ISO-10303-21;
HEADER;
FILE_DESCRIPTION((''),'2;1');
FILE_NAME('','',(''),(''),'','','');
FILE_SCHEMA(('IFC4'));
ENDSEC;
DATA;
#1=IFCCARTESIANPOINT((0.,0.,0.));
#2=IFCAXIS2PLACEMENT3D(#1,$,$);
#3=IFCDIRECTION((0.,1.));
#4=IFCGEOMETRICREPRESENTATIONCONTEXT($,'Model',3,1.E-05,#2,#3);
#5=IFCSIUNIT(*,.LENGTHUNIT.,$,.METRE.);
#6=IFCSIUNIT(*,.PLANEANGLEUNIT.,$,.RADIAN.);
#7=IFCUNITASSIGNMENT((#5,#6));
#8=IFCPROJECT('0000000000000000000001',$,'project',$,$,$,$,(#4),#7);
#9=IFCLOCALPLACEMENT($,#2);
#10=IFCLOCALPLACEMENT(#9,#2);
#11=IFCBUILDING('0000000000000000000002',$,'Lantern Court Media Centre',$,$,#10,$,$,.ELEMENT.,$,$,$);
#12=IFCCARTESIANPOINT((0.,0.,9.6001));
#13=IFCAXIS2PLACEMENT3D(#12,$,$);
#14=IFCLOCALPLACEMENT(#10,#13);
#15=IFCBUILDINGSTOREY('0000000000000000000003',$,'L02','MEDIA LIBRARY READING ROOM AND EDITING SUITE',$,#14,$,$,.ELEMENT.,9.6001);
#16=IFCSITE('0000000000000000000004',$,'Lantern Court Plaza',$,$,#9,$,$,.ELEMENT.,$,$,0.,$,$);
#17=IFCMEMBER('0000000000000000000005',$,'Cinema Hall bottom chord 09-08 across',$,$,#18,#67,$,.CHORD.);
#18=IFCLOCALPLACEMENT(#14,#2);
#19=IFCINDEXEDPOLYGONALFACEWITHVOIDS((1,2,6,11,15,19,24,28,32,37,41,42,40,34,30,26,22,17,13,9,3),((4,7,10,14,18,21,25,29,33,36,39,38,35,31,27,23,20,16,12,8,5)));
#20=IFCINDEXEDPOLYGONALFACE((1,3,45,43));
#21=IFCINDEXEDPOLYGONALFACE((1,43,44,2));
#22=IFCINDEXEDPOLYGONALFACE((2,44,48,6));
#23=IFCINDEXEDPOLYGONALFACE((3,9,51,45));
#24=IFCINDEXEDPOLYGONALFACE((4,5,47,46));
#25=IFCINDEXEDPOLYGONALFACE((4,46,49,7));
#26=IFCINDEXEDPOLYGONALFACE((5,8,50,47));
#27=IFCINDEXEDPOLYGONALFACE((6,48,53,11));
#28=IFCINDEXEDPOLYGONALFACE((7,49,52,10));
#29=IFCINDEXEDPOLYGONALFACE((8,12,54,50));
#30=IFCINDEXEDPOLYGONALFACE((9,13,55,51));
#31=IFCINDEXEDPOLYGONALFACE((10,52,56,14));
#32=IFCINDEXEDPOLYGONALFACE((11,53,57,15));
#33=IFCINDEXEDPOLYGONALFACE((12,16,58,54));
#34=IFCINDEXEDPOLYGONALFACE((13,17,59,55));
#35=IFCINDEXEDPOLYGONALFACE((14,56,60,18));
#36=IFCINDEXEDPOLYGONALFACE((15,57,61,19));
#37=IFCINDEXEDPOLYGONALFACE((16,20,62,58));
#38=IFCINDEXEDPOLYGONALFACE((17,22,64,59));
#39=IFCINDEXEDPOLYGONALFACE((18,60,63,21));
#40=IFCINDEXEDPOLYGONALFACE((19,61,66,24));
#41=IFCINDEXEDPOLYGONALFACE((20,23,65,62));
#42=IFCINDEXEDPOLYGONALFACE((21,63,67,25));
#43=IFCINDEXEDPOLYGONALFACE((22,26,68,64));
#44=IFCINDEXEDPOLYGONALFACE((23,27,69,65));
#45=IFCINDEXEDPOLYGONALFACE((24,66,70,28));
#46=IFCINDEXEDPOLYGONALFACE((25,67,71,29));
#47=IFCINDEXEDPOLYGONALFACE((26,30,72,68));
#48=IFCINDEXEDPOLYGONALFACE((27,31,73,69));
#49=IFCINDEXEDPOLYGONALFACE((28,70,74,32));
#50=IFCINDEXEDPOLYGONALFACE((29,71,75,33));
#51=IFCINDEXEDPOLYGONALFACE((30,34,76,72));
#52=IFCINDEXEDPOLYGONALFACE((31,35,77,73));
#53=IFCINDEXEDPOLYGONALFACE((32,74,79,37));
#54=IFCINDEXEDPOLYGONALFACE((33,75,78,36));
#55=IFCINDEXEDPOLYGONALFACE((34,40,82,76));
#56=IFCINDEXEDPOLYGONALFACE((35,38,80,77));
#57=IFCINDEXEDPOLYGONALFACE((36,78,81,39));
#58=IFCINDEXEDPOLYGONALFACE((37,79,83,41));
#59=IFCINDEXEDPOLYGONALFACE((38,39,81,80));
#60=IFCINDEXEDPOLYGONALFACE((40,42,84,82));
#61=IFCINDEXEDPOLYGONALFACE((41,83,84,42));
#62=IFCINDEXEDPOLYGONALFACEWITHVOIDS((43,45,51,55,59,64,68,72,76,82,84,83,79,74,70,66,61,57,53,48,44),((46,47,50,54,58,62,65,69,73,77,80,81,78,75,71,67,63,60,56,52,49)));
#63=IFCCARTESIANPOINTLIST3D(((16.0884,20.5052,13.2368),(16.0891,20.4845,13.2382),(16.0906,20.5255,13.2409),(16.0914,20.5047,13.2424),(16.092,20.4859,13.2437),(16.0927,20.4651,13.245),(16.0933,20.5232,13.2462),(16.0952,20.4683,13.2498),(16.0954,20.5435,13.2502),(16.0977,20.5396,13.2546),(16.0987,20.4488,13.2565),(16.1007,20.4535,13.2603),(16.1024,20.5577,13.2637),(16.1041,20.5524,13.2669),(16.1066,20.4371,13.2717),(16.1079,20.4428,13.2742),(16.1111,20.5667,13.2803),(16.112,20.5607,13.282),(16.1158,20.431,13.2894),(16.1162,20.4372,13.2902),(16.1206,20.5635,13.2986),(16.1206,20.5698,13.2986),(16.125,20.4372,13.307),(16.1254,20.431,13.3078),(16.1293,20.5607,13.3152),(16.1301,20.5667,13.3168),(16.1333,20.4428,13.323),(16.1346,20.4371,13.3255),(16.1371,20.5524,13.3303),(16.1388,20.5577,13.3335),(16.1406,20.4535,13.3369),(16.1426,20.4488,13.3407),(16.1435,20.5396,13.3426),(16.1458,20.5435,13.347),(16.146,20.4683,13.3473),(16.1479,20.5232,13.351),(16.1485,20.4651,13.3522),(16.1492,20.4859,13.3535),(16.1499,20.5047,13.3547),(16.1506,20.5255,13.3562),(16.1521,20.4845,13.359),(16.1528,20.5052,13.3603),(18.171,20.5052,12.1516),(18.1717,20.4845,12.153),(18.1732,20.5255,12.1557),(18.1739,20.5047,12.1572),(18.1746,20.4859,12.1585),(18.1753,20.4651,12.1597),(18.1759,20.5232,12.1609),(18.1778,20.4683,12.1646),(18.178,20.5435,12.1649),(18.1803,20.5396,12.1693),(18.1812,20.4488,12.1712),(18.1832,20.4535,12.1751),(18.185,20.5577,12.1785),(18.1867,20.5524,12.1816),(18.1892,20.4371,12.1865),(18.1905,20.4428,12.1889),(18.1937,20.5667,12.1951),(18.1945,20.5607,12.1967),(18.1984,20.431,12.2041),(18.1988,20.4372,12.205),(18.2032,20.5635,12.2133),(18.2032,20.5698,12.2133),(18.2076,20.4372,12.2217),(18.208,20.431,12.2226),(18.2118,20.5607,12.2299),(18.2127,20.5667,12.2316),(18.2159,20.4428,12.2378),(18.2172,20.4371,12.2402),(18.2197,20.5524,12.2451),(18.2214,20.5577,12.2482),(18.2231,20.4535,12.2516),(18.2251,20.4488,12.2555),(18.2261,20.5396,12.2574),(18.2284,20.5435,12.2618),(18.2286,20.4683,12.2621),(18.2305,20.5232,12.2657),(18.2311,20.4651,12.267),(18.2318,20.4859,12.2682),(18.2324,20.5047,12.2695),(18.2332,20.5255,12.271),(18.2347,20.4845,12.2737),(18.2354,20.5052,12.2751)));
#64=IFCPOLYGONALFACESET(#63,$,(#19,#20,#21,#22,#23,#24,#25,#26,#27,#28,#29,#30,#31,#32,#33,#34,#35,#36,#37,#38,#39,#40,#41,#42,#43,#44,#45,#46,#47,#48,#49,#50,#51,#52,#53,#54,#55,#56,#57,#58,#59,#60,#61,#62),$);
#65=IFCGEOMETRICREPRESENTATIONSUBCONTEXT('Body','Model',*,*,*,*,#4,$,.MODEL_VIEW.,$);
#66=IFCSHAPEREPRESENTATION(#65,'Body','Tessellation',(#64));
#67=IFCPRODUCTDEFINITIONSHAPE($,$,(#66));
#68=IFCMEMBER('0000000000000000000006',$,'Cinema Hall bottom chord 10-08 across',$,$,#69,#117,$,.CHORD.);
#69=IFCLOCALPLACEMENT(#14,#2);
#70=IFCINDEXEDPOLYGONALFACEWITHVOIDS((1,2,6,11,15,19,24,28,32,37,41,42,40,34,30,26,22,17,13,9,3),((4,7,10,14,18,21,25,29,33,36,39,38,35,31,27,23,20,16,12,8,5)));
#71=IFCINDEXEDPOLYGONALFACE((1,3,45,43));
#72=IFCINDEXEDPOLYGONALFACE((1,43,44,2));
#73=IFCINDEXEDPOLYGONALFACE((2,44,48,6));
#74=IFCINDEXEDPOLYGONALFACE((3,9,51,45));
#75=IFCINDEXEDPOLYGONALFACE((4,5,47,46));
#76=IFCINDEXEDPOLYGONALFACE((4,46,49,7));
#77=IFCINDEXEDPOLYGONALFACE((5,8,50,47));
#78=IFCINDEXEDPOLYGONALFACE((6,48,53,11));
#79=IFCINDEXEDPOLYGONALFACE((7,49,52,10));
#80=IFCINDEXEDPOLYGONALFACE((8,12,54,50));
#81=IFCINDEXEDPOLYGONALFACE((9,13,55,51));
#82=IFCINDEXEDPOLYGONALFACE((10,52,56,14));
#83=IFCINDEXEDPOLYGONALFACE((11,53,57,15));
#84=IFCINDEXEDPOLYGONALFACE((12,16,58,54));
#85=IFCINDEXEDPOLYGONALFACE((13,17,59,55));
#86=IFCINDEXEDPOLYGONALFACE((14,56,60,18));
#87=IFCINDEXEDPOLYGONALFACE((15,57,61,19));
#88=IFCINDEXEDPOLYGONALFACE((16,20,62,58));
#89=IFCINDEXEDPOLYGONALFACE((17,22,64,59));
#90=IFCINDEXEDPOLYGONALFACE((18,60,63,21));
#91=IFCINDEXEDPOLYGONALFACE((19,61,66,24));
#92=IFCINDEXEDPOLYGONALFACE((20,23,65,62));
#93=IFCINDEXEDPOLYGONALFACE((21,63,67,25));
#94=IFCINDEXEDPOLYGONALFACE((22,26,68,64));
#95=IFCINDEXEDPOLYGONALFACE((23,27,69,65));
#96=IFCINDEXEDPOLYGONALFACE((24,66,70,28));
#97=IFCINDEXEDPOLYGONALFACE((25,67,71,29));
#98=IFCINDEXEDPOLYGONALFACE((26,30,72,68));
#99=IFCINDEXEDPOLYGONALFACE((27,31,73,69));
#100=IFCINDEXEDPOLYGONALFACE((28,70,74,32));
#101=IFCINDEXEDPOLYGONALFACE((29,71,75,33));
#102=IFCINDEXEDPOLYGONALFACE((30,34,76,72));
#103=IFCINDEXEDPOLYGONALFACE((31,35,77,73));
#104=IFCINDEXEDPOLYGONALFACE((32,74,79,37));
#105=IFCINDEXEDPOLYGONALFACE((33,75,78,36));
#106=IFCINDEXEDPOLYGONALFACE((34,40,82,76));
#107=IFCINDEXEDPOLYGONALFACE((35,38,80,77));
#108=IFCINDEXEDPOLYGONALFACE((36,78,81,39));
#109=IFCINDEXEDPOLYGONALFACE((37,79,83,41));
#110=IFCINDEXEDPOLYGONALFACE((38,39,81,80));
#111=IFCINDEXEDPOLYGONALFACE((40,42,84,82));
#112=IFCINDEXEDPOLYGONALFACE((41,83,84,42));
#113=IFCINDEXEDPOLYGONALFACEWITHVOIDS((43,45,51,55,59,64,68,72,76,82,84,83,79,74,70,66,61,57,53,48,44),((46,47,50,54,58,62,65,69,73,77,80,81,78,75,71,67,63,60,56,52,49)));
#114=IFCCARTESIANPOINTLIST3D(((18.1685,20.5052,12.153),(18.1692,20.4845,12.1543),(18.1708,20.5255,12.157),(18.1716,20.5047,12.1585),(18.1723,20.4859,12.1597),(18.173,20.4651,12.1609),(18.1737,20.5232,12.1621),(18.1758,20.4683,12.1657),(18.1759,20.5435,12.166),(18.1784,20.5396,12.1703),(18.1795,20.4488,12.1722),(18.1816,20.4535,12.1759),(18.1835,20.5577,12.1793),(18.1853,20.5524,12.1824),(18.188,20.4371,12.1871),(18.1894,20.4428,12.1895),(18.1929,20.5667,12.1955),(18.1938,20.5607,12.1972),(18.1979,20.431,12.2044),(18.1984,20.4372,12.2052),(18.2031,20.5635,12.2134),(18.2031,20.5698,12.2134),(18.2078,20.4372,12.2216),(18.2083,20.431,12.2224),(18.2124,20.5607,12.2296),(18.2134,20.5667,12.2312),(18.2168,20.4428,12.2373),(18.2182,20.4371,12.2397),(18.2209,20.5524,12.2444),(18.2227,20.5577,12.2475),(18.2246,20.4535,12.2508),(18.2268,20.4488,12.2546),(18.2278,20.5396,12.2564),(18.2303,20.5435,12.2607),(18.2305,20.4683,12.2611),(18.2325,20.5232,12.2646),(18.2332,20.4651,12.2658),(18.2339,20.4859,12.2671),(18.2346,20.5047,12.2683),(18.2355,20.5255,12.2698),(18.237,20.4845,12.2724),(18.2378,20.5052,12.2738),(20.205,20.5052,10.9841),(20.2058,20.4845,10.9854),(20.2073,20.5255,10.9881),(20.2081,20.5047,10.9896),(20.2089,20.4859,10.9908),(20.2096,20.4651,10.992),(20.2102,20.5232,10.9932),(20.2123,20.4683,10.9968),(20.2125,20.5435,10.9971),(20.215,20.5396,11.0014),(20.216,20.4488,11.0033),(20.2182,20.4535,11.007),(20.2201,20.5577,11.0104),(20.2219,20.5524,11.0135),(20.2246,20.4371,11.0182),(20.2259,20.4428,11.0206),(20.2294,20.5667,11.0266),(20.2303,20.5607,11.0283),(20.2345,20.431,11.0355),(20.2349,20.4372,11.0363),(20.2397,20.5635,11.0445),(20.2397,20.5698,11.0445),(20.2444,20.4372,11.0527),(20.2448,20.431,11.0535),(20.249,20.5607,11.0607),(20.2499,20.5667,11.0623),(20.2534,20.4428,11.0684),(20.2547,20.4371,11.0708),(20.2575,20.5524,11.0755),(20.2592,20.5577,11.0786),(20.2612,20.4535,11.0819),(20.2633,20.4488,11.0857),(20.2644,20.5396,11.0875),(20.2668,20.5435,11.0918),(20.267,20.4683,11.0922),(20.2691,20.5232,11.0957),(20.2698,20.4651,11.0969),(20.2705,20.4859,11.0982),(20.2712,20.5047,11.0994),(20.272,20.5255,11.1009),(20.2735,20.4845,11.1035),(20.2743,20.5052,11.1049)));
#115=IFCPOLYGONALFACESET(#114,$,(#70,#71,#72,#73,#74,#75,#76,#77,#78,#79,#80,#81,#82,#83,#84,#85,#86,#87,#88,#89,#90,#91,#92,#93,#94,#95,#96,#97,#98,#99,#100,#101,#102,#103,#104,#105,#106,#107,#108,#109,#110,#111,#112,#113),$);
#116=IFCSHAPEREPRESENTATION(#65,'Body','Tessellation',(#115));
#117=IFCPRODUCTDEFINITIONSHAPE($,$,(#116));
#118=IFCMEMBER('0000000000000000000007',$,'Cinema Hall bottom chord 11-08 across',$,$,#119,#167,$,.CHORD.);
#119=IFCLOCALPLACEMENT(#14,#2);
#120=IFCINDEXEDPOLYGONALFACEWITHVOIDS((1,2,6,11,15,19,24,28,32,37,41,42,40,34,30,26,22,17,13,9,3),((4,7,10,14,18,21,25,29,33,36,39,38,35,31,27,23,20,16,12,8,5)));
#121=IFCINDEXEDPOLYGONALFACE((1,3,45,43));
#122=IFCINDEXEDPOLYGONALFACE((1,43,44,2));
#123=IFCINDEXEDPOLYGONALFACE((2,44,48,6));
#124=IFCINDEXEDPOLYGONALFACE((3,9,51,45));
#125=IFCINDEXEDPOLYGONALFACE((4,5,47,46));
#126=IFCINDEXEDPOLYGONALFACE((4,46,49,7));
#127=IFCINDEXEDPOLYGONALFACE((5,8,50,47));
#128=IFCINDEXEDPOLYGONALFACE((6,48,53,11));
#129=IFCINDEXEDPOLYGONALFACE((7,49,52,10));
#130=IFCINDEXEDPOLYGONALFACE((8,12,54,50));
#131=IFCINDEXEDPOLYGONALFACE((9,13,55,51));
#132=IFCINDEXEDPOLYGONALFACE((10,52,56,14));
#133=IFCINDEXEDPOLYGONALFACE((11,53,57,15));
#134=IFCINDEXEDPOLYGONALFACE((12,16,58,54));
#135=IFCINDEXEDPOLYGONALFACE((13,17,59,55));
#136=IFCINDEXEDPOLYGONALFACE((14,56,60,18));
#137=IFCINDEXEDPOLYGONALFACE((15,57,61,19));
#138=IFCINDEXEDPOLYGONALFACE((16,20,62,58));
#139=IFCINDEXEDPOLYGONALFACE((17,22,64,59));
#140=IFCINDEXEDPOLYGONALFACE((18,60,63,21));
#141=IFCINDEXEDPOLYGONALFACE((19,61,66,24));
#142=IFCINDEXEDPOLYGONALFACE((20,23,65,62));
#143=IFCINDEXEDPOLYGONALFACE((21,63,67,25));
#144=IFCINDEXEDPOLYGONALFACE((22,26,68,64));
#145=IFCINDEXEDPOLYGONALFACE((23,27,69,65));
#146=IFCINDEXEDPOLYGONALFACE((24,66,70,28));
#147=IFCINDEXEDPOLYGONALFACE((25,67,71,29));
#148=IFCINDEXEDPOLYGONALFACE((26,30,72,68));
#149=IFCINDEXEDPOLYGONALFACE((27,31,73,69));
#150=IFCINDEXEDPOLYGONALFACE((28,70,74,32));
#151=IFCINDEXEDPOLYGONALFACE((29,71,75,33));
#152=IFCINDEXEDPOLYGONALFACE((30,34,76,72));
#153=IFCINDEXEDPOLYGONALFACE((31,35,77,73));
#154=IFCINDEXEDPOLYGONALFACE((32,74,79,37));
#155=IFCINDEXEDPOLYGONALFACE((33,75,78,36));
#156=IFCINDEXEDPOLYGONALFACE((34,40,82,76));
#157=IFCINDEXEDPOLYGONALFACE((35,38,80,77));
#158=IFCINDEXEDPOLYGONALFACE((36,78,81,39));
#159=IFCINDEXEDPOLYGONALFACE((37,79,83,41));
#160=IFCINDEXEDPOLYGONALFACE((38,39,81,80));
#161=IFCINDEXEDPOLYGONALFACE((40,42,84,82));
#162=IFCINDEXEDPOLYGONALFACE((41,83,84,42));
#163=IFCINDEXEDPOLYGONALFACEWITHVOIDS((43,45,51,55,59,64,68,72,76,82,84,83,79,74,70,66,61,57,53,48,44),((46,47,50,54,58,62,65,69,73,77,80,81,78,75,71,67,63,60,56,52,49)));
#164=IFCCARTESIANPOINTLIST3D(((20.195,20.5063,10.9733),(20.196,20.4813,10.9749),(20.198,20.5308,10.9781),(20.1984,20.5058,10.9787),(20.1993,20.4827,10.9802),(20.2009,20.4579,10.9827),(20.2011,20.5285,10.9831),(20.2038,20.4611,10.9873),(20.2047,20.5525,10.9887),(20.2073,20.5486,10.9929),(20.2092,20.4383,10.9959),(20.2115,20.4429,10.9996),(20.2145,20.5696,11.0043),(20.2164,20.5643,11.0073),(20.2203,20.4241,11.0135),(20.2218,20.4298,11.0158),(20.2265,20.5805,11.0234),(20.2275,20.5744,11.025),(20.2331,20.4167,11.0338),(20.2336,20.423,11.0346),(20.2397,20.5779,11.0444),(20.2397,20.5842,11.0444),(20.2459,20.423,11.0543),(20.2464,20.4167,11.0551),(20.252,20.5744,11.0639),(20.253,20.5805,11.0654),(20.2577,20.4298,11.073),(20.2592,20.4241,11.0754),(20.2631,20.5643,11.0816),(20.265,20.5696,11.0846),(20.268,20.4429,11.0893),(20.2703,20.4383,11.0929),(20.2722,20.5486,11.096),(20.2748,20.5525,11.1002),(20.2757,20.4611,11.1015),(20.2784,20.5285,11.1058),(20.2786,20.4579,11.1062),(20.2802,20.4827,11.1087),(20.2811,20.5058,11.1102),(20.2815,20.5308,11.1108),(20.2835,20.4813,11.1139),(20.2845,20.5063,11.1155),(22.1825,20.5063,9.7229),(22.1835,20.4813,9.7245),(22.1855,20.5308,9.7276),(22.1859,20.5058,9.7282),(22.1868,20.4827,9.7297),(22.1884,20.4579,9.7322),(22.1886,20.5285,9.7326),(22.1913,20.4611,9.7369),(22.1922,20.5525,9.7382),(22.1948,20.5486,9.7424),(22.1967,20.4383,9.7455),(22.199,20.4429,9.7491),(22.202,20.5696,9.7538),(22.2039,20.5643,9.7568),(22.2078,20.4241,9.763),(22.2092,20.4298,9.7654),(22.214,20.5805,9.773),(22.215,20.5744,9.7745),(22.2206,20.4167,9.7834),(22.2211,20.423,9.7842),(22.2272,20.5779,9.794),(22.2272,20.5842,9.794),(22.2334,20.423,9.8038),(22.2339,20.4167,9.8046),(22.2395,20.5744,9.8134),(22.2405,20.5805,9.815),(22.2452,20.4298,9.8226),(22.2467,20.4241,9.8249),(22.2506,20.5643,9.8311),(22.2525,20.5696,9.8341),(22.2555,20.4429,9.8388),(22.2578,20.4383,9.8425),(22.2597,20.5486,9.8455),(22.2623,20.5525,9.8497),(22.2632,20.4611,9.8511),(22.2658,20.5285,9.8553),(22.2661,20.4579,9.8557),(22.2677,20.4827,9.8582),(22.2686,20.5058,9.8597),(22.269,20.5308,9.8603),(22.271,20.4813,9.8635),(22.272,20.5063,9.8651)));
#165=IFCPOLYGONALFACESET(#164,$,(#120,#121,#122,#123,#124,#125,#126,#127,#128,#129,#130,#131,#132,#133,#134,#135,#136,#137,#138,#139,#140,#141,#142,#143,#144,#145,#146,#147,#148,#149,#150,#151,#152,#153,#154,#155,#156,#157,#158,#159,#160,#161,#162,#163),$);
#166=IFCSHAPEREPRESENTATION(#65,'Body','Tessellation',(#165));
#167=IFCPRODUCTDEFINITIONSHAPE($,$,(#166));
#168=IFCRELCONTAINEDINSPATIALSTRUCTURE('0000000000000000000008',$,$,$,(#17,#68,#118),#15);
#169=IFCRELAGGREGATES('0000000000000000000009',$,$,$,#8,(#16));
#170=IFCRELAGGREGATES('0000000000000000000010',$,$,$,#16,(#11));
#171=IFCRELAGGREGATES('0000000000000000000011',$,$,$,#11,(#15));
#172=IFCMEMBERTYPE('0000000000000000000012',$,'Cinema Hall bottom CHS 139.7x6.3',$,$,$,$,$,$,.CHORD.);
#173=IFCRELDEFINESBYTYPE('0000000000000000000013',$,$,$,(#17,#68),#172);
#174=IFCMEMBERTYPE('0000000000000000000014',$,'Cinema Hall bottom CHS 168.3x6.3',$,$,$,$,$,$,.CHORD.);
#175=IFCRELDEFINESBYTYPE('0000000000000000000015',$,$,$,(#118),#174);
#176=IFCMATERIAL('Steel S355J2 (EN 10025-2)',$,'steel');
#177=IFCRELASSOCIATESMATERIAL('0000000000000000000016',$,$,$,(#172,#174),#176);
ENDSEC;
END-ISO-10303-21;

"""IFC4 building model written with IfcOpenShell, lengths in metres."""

from ifc_helpers import new_model, si_unit, direction, frame, origin, origin_2d, place, context, subcontext, project, spatial, hollow_circle, extrude, material, material_profile, profile_set, type_object, element, save


model = new_model("IFC4")

# Units and contexts
model_context = context("Model", 3, precision=1e-05, world=origin(), true_north=direction((0.0, 1.0)))
body_context = subcontext(model_context, "Body", "Model", "MODEL_VIEW")
ifc_project = project(units=[si_unit("LENGTHUNIT", "METRE"), si_unit("PLANEANGLEUNIT", "RADIAN")], contexts=[model_context])

# Site, building, storey
site_placement = place(None, origin())
site = spatial("IfcSite", under=ifc_project, at=site_placement, Name="Lantern Court Plaza", CompositionType="ELEMENT", RefElevation=0.0)
building_placement = place(site_placement, origin())
building = spatial("IfcBuilding", under=site, at=building_placement, Name="Lantern Court Media Centre", CompositionType="ELEMENT")
storey_placement = place(building_placement, frame((0.0, 0.0, 9.6001)))
storey = spatial("IfcBuildingStorey", under=building, at=storey_placement, Name="L02", Description="MEDIA LIBRARY READING ROOM AND EDITING SUITE", CompositionType="ELEMENT", Elevation=9.6001)

# Members
ifc_material = material(Name="Steel S355J2 (EN 10025-2)", Category="steel")
ifc_material_profile_1 = material_profile(ifc_material, hollow_circle(Radius=0.0698, WallThickness=0.0063, at=origin_2d()), Name="Cinema Hall bottom CHS 139.7x6.3")
ifc_profile_set_1 = profile_set([ifc_material_profile_1], Name="Steel S355J2 (EN 10025-2)")
member_type_1 = type_object("IfcMemberType", Name="Cinema Hall bottom CHS 139.7x6.3", PredefinedType="CHORD", material=ifc_profile_set_1)
member_1_placement = place(storey_placement, frame((16.1206, 20.5, 13.2986), z_axis=(0.886816, 0.0, -0.462122), x_axis=(0.0, 1.0, 0.0)))
element("IfcMember", 1, at=member_1_placement, inside=storey, type_object=member_type_1, Name="Cinema Hall bottom chord 09-08 across", PredefinedType="CHORD", context=body_context, shape_type="SweptSolid", body=[
    extrude(hollow_circle(Radius=0.0698, WallThickness=0.0063, at=origin_2d()), origin(), (0.0, 0.0, 1.0), 2.3484),
])
member_2_placement = place(storey_placement, frame((18.2031, 20.5, 12.2134), z_axis=(0.867295, 0.0, -0.497795), x_axis=(0.0, 1.0, 0.0)))
element("IfcMember", 2, at=member_2_placement, inside=storey, type_object=member_type_1, Name="Cinema Hall bottom chord 10-08 across", PredefinedType="CHORD", context=body_context, shape_type="SweptSolid", body=[
    extrude(hollow_circle(Radius=0.0698, WallThickness=0.0063, at=origin_2d()), origin(), (0.0, 0.0, 1.0), 2.3481),
])
ifc_material_profile_2 = material_profile(ifc_material, hollow_circle(Radius=0.0842, WallThickness=0.0063, at=origin_2d()), Name="Cinema Hall bottom CHS 168.3x6.3")
ifc_profile_set_2 = profile_set([ifc_material_profile_2], Name="Steel S355J2 (EN 10025-2)")
member_type_2 = type_object("IfcMemberType", Name="Cinema Hall bottom CHS 168.3x6.3", PredefinedType="CHORD", material=ifc_profile_set_2)
member_3_placement = place(storey_placement, frame((20.2397, 20.5, 11.0444), z_axis=(0.846412, 0.0, -0.532529), x_axis=(0.0, 1.0, 0.0)))
element("IfcMember", 3, at=member_3_placement, inside=storey, type_object=member_type_2, Name="Cinema Hall bottom chord 11-08 across", PredefinedType="CHORD", context=body_context, shape_type="SweptSolid", body=[
    extrude(hollow_circle(Radius=0.0842, WallThickness=0.0063, at=origin_2d()), origin(), (0.0, 0.0, 1.0), 2.3481),
])

save(model, "model.ifc")
